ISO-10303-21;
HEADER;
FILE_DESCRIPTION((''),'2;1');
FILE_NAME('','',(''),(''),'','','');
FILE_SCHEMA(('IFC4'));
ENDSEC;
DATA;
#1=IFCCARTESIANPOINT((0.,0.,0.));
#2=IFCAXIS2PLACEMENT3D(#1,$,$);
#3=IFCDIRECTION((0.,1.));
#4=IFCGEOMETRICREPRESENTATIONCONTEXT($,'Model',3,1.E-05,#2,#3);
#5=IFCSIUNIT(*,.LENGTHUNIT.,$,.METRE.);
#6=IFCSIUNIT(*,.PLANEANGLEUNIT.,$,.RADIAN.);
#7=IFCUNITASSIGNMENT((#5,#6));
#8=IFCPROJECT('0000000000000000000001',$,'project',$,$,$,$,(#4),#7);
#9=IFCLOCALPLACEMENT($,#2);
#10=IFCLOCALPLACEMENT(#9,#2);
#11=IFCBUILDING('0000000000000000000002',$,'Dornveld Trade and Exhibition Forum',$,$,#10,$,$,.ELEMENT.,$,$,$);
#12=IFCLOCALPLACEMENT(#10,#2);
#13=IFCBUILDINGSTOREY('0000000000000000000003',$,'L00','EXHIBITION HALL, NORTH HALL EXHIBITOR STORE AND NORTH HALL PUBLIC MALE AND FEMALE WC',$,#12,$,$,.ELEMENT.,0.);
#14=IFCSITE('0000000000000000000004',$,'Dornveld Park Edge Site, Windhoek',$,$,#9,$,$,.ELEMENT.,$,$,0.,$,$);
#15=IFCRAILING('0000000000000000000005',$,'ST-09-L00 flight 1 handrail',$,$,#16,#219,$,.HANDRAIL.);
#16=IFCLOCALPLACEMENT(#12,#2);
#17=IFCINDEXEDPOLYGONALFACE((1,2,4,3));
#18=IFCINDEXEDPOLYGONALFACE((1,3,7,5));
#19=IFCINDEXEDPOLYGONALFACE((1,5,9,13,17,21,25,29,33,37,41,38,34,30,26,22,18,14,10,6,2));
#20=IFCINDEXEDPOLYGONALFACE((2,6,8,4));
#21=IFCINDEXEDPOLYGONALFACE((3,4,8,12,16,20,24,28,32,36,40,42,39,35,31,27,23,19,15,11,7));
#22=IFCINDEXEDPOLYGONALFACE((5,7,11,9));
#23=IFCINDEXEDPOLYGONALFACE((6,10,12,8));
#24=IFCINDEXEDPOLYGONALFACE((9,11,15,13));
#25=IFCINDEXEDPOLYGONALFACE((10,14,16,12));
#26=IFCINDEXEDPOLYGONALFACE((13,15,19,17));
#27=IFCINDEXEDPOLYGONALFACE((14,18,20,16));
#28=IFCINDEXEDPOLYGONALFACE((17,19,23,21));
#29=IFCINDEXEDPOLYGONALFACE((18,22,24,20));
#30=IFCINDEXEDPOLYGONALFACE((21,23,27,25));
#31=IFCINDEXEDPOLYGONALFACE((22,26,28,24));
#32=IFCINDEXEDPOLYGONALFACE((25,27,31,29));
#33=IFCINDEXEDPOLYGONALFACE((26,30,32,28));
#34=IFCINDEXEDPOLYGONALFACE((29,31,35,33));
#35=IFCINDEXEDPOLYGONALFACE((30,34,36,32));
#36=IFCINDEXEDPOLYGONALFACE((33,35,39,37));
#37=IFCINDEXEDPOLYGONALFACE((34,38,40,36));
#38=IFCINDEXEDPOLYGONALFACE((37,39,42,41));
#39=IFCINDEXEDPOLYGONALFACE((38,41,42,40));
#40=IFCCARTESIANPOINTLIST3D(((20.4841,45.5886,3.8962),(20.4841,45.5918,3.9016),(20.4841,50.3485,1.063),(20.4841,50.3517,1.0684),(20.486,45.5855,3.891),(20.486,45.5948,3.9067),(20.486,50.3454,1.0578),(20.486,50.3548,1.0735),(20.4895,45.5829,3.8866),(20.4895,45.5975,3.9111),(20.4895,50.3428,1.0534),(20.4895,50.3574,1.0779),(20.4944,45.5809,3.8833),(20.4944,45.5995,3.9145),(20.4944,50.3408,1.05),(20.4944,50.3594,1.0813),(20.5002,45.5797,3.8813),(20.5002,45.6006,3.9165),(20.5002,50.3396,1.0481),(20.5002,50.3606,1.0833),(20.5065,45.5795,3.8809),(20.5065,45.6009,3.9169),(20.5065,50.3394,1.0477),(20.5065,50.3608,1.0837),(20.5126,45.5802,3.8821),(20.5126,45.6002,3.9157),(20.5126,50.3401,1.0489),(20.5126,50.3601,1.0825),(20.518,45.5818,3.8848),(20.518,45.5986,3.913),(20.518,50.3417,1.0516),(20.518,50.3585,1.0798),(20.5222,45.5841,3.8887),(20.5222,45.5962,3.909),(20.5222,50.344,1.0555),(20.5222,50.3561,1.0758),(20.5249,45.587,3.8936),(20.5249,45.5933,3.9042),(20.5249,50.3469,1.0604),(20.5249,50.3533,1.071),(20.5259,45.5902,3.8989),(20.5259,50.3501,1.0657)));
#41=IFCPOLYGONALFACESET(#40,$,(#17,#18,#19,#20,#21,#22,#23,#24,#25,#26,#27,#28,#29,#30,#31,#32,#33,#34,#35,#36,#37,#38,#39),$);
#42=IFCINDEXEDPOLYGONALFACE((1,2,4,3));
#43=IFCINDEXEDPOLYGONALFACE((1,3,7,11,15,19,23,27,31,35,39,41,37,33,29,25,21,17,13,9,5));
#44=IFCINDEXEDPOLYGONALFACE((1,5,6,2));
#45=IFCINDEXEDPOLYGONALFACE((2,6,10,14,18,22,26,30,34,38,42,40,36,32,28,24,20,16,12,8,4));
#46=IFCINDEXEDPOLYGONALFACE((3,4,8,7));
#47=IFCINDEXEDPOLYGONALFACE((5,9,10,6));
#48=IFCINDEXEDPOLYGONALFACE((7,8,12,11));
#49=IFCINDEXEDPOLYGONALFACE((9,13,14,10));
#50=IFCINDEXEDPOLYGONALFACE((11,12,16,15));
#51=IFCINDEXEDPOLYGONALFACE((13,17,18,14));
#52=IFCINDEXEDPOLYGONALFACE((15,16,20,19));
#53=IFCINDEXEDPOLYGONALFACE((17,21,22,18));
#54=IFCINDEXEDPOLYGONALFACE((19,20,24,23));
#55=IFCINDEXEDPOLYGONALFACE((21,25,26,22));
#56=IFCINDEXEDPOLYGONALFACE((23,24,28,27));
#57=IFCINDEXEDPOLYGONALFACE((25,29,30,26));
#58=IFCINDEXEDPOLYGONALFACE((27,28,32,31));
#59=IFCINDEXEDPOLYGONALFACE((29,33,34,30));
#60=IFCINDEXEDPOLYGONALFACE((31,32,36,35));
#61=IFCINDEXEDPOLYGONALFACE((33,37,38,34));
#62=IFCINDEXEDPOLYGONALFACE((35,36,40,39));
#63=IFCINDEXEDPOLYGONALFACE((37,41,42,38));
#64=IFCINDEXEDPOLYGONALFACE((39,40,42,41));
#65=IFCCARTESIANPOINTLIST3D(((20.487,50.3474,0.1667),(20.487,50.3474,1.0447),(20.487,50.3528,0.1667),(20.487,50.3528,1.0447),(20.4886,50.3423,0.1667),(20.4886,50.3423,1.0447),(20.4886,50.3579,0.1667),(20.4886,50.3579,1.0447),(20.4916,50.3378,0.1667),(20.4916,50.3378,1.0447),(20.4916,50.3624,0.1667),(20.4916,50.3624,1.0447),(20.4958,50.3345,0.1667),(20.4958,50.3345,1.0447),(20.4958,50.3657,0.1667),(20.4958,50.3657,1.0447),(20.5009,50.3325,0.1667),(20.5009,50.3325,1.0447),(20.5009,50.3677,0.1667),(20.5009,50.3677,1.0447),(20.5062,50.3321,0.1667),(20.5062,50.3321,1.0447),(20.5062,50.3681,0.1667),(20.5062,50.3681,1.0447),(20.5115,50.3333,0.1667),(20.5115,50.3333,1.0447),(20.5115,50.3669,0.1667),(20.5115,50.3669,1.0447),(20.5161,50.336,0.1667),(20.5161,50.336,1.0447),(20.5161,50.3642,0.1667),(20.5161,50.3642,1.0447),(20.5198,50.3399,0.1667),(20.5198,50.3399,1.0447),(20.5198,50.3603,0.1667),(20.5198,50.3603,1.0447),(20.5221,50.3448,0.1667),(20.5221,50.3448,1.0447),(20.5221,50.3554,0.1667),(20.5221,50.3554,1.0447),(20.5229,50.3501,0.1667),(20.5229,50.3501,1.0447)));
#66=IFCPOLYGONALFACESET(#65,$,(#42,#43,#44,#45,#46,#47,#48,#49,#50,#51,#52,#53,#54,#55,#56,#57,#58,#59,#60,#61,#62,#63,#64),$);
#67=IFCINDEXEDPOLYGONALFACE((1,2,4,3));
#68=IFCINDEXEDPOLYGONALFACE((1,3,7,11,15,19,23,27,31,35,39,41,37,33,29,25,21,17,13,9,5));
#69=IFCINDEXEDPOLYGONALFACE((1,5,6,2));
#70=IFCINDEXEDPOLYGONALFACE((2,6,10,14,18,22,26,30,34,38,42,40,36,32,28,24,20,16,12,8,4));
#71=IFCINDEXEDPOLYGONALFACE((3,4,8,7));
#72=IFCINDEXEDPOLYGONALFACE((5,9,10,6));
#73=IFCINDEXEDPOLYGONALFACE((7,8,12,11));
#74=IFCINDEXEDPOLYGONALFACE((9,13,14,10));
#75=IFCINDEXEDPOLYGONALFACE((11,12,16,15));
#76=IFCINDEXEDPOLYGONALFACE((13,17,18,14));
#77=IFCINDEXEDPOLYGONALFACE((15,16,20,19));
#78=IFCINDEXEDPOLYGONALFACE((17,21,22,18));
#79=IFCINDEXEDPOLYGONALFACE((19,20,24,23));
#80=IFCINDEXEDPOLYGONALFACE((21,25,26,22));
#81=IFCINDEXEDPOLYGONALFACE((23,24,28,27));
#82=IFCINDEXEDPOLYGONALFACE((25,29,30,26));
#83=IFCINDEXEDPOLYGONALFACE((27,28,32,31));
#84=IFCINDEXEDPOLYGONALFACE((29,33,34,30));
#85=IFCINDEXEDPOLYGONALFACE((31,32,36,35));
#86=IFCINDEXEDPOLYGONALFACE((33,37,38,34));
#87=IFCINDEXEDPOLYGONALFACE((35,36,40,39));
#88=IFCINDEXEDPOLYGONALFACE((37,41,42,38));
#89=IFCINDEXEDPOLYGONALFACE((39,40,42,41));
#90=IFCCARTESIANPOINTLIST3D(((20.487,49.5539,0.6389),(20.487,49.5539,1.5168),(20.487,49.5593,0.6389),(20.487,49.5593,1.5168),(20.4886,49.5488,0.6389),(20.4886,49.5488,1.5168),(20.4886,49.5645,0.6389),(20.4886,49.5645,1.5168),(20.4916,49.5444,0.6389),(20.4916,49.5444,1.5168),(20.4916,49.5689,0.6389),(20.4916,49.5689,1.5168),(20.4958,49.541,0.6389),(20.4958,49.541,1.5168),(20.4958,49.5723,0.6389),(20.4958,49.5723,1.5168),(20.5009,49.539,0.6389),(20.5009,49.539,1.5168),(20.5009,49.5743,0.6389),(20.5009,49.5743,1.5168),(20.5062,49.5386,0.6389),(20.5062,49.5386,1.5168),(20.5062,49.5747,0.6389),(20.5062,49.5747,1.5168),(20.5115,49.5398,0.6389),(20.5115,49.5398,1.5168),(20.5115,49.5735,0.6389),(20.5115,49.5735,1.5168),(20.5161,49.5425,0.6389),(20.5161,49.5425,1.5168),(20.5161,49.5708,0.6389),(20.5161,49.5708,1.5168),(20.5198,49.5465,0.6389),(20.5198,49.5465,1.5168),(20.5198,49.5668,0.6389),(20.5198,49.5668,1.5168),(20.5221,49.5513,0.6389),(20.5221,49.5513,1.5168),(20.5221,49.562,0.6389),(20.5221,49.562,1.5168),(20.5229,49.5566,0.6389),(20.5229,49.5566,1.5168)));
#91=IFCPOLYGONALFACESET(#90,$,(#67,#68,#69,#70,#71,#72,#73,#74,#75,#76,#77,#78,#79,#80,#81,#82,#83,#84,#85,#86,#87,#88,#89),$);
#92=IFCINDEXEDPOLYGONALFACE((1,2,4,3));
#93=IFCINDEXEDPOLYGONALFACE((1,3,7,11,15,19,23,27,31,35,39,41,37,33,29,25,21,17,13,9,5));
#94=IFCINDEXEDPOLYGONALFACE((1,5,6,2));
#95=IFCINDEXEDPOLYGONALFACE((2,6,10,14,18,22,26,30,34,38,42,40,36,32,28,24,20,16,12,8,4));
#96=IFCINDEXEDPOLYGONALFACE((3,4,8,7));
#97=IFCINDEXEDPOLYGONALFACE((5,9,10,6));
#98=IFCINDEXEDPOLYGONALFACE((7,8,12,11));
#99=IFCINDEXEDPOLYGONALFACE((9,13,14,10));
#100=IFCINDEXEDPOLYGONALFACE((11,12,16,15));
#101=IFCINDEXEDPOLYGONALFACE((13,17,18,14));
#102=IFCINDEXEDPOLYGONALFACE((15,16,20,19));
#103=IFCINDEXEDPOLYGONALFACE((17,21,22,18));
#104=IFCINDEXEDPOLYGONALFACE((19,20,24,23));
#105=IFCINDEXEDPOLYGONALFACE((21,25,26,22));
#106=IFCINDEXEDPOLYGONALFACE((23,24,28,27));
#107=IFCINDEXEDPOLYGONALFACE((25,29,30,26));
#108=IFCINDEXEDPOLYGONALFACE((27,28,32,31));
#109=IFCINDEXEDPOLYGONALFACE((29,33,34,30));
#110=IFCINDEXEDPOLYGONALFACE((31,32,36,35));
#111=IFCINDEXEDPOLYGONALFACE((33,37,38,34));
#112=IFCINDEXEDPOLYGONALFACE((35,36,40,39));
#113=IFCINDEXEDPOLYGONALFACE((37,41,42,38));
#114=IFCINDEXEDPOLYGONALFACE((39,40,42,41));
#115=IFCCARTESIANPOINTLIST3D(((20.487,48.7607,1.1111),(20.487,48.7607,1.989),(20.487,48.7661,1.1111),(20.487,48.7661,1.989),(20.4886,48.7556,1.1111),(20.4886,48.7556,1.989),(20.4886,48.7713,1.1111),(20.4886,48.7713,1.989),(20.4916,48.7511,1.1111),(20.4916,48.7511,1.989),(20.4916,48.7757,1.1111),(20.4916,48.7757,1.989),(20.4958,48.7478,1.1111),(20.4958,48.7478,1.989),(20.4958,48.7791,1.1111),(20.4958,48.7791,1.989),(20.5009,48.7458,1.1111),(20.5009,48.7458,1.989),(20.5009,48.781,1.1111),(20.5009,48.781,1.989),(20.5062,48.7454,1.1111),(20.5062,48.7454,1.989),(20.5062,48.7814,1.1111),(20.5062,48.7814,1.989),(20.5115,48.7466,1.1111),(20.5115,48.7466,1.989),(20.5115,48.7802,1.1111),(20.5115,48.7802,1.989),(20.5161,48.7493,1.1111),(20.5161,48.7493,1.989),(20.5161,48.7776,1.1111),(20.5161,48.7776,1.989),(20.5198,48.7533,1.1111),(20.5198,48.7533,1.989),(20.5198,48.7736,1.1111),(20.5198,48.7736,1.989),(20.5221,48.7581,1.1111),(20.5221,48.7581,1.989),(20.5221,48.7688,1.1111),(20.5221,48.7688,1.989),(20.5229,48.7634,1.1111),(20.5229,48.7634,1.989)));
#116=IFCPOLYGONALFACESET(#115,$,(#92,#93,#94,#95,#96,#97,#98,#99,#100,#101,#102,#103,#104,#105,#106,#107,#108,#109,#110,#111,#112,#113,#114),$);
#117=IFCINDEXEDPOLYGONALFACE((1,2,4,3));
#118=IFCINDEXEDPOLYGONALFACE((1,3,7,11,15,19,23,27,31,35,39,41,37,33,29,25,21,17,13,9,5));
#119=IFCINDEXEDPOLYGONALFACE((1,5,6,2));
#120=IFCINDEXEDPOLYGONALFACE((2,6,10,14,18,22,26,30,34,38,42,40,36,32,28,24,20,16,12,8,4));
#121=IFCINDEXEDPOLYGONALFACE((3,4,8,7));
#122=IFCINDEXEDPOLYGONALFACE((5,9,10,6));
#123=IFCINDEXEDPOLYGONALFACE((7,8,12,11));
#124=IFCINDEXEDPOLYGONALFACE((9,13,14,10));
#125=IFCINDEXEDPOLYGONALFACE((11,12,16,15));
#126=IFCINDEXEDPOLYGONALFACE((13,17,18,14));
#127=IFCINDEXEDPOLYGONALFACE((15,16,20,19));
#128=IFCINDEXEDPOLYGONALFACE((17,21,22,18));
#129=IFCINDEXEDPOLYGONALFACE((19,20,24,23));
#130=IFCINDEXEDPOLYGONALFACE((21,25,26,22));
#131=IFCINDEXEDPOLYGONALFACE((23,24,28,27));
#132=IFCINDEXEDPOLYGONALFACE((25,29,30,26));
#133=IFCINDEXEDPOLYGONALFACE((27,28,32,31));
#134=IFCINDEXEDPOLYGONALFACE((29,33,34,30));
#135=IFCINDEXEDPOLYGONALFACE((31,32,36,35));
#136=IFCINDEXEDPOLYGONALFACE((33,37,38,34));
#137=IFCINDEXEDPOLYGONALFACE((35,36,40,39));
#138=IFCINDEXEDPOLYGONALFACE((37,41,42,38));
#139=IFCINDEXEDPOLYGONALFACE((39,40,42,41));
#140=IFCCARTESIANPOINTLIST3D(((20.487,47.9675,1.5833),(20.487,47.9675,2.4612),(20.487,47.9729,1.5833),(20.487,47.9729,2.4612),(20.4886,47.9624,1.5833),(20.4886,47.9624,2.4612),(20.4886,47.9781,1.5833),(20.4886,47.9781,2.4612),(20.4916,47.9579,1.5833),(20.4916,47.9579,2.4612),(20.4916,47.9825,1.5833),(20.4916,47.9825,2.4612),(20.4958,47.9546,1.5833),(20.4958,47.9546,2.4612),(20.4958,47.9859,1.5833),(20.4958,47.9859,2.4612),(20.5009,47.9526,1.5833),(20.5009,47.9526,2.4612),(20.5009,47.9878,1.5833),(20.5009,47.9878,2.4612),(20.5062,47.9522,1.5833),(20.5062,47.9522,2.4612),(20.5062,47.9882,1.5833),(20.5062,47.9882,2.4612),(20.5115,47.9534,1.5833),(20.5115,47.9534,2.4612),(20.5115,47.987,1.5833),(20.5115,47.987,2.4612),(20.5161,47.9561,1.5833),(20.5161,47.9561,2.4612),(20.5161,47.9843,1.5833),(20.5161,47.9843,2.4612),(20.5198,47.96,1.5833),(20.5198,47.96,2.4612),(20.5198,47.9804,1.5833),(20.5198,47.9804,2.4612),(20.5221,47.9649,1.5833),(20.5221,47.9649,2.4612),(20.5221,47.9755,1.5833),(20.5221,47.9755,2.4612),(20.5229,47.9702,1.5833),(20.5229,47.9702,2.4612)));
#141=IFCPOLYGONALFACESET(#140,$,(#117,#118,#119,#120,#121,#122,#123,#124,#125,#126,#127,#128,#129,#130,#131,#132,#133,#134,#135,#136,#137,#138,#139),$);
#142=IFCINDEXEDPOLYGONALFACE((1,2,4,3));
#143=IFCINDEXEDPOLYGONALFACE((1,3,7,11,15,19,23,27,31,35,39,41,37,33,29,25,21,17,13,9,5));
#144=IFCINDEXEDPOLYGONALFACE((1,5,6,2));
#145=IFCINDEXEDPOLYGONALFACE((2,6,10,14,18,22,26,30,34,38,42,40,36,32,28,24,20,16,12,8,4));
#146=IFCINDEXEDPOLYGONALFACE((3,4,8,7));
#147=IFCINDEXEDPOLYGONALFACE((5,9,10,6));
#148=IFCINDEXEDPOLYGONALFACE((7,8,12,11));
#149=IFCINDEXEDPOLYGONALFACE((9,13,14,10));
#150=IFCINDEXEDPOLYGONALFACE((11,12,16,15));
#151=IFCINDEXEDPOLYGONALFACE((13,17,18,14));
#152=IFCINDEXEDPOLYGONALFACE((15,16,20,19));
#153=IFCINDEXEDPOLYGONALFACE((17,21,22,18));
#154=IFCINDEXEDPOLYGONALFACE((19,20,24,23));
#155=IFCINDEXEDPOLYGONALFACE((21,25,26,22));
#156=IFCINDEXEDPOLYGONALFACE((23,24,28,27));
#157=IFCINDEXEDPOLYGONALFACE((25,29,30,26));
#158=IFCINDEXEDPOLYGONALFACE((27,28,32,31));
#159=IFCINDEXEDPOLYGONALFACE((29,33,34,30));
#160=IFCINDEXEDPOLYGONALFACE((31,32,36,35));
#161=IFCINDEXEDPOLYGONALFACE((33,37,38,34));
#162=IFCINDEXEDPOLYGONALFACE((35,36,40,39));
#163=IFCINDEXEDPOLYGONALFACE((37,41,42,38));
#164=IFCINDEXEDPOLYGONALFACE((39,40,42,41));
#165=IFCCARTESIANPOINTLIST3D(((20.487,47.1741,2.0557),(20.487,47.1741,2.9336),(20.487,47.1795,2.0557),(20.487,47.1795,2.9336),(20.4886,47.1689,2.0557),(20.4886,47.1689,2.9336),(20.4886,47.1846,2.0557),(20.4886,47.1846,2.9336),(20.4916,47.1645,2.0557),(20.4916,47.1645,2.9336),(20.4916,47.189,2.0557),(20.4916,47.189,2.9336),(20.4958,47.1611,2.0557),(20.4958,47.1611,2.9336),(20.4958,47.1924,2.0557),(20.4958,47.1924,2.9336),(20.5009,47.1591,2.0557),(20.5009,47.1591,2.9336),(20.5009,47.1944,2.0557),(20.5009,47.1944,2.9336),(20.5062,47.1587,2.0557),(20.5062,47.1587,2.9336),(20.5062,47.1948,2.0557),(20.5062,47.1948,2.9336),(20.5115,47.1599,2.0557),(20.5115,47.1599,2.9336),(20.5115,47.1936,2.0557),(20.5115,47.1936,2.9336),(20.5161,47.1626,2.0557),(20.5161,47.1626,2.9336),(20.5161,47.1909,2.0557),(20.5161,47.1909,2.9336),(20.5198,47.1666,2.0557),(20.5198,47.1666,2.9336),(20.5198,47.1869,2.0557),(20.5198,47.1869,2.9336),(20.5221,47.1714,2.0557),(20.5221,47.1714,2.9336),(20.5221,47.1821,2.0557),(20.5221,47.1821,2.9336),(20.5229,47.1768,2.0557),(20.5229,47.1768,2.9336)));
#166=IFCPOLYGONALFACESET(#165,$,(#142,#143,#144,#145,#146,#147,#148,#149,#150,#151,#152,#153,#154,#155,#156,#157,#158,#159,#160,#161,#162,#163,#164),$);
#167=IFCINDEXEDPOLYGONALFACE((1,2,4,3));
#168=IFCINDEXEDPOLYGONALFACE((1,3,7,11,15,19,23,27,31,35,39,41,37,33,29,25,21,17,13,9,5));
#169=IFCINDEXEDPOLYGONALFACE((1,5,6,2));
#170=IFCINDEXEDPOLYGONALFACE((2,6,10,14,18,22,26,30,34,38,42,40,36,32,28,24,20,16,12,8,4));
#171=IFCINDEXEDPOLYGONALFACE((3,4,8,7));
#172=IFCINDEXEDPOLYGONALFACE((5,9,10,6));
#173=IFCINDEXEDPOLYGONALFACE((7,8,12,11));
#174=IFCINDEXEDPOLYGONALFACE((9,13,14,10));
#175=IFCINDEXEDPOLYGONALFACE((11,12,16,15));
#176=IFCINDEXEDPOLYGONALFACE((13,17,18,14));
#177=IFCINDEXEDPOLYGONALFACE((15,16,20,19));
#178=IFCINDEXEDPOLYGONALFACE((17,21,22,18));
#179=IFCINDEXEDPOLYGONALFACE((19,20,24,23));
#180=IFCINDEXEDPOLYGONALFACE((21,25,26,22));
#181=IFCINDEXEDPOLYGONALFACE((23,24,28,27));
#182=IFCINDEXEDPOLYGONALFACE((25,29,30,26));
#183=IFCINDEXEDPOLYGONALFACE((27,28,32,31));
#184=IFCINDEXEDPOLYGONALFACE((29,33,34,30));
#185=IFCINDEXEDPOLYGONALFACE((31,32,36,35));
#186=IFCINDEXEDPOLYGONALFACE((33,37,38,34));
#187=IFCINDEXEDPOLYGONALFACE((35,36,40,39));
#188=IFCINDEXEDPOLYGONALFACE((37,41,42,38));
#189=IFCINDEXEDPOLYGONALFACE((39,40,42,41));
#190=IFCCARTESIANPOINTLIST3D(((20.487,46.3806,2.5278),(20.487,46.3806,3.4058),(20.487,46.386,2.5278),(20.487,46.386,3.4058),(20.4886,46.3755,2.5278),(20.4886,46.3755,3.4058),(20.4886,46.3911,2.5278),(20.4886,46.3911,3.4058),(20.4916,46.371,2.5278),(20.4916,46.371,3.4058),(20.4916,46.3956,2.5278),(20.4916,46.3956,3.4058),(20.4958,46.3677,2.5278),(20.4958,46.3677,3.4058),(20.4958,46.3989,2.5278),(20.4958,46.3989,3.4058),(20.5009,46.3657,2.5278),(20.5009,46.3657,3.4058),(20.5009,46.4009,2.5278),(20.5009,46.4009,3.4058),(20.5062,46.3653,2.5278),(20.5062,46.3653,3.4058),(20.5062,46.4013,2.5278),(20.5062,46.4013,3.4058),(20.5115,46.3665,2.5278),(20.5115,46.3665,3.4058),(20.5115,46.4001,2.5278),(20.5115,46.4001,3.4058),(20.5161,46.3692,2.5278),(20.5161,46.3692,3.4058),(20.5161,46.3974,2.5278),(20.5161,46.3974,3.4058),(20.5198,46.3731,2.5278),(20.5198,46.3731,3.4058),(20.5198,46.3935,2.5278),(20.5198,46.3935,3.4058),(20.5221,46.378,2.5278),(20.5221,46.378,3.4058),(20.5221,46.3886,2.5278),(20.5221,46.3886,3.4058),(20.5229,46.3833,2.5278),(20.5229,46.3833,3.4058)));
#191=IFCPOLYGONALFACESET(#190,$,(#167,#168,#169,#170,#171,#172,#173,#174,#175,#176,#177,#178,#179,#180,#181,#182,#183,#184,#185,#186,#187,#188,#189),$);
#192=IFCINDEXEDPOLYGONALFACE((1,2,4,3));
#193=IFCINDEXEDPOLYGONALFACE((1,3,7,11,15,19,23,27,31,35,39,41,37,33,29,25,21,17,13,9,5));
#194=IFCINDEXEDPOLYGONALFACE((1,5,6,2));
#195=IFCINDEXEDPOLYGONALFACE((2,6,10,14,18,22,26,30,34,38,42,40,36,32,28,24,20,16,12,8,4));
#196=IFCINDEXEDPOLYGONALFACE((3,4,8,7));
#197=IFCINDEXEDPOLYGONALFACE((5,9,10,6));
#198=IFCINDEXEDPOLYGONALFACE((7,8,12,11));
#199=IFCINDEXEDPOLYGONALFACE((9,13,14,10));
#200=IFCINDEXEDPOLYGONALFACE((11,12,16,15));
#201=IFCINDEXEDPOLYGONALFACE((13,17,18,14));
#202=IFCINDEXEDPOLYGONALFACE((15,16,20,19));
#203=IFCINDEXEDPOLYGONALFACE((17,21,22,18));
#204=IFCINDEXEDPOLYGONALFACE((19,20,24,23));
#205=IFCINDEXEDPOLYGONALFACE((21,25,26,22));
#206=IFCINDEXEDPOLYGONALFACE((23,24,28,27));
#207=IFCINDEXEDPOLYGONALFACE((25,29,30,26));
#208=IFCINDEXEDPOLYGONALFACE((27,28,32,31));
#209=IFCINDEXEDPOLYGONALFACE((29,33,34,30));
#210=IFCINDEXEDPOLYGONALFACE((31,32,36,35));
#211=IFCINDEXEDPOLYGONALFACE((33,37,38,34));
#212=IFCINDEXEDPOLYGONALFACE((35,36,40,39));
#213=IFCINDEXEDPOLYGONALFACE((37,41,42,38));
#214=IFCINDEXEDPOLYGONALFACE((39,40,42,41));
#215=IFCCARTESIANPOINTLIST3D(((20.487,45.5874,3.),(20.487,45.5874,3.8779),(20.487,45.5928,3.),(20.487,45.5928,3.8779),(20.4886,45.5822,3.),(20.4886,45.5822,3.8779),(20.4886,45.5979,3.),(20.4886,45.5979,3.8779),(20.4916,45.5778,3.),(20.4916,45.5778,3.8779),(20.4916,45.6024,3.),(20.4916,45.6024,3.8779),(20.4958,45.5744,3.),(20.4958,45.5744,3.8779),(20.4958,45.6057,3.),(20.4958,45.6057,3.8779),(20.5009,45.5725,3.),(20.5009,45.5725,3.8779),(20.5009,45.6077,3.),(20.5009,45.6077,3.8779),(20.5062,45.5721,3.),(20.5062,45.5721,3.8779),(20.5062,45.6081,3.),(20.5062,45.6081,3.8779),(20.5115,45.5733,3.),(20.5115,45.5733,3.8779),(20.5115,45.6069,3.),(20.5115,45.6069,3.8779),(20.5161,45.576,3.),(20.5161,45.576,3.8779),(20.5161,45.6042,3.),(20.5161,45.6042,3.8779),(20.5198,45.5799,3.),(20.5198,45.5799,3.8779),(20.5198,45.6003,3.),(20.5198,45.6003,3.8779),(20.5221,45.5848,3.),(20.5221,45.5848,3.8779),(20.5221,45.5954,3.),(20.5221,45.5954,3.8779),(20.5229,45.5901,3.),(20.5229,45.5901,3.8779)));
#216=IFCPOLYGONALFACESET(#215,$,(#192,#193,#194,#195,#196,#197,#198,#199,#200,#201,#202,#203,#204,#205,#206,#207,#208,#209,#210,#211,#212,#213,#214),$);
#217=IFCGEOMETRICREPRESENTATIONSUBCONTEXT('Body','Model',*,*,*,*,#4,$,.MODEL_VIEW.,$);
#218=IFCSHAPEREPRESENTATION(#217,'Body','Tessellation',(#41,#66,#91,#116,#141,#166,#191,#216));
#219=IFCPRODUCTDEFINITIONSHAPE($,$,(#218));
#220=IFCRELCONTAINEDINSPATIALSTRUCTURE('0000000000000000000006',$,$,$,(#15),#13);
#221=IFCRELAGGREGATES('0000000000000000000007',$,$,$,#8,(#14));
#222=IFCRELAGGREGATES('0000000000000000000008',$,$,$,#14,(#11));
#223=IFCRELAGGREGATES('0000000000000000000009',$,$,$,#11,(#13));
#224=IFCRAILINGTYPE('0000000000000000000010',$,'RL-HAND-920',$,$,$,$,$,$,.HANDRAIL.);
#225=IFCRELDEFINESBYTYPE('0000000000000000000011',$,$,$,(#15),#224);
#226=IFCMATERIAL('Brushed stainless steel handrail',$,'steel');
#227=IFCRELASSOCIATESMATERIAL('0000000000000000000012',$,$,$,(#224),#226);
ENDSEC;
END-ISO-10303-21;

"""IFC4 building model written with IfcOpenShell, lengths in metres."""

from ifc_helpers import new_model, si_unit, direction, frame, origin, origin_2d, place, context, subcontext, project, spatial, circle, extrude, material, type_object, element, save


model = new_model("IFC4")

# Units and contexts
model_context = context("Model", 3, precision=1e-05, world=origin(), true_north=direction((0.0, 1.0)))
body_context = subcontext(model_context, "Body", "Model", "MODEL_VIEW")
ifc_project = project(units=[si_unit("LENGTHUNIT", "METRE"), si_unit("PLANEANGLEUNIT", "RADIAN")], contexts=[model_context])

# Site, building, storey
site_placement = place(None, origin())
site = spatial("IfcSite", under=ifc_project, at=site_placement, Name="Dornveld Park Edge Site, Windhoek", CompositionType="ELEMENT", RefElevation=0.0)
building_placement = place(site_placement, origin())
building = spatial("IfcBuilding", under=site, at=building_placement, Name="Dornveld Trade and Exhibition Forum", CompositionType="ELEMENT")
storey_placement = place(building_placement, origin())
storey = spatial("IfcBuildingStorey", under=building, at=storey_placement, Name="L00", Description="EXHIBITION HALL, NORTH HALL EXHIBITOR STORE AND NORTH HALL PUBLIC MALE AND FEMALE WC", CompositionType="ELEMENT", Elevation=0.0)

# Railing
ifc_material_1 = material(Name="Brushed stainless steel handrail", Category="steel")
railing_type_1 = type_object("IfcRailingType", Name="RL-HAND-920", PredefinedType="HANDRAIL", material=ifc_material_1)
railing_1_placement = place(storey_placement, frame((20.5049, 50.3501, 0.1667)))
element("IfcRailing", 1, at=railing_1_placement, inside=storey, type_object=railing_type_1, Name="ST-09-L00 flight 1 handrail", PredefinedType="HANDRAIL", context=body_context, shape_type="SweptSolid", body=[
    extrude(circle(Radius=0.021, at=origin_2d()), frame((0.0, 0.0, 0.8989), z_axis=(0.0, -0.8593, 0.511472), x_axis=(1.0, 0.0, 0.0)), (0.0, 0.0, 1.0), 5.5393),
    extrude(circle(Radius=0.0181, at=origin_2d()), origin(), (0.0, 0.0, 1.0), 0.8779),
    extrude(circle(Radius=0.0181, at=origin_2d()), frame((0.0, -0.7935, 0.4722)), (0.0, 0.0, 1.0), 0.8779),
    extrude(circle(Radius=0.0181, at=origin_2d()), frame((0.0, -1.5867, 0.9443)), (0.0, 0.0, 1.0), 0.8779),
    extrude(circle(Radius=0.0181, at=origin_2d()), frame((0.0, -2.3799, 1.4165)), (0.0, 0.0, 1.0), 0.8779),
    extrude(circle(Radius=0.0181, at=origin_2d()), frame((0.0, -3.1733, 1.8889)), (0.0, 0.0, 1.0), 0.8779),
    extrude(circle(Radius=0.0181, at=origin_2d()), frame((0.0, -3.9668, 2.3611)), (0.0, 0.0, 1.0), 0.8779),
    extrude(circle(Radius=0.0181, at=origin_2d()), frame((0.0, -4.76, 2.8333)), (0.0, 0.0, 1.0), 0.8779),
])

save(model, "model.ifc")
